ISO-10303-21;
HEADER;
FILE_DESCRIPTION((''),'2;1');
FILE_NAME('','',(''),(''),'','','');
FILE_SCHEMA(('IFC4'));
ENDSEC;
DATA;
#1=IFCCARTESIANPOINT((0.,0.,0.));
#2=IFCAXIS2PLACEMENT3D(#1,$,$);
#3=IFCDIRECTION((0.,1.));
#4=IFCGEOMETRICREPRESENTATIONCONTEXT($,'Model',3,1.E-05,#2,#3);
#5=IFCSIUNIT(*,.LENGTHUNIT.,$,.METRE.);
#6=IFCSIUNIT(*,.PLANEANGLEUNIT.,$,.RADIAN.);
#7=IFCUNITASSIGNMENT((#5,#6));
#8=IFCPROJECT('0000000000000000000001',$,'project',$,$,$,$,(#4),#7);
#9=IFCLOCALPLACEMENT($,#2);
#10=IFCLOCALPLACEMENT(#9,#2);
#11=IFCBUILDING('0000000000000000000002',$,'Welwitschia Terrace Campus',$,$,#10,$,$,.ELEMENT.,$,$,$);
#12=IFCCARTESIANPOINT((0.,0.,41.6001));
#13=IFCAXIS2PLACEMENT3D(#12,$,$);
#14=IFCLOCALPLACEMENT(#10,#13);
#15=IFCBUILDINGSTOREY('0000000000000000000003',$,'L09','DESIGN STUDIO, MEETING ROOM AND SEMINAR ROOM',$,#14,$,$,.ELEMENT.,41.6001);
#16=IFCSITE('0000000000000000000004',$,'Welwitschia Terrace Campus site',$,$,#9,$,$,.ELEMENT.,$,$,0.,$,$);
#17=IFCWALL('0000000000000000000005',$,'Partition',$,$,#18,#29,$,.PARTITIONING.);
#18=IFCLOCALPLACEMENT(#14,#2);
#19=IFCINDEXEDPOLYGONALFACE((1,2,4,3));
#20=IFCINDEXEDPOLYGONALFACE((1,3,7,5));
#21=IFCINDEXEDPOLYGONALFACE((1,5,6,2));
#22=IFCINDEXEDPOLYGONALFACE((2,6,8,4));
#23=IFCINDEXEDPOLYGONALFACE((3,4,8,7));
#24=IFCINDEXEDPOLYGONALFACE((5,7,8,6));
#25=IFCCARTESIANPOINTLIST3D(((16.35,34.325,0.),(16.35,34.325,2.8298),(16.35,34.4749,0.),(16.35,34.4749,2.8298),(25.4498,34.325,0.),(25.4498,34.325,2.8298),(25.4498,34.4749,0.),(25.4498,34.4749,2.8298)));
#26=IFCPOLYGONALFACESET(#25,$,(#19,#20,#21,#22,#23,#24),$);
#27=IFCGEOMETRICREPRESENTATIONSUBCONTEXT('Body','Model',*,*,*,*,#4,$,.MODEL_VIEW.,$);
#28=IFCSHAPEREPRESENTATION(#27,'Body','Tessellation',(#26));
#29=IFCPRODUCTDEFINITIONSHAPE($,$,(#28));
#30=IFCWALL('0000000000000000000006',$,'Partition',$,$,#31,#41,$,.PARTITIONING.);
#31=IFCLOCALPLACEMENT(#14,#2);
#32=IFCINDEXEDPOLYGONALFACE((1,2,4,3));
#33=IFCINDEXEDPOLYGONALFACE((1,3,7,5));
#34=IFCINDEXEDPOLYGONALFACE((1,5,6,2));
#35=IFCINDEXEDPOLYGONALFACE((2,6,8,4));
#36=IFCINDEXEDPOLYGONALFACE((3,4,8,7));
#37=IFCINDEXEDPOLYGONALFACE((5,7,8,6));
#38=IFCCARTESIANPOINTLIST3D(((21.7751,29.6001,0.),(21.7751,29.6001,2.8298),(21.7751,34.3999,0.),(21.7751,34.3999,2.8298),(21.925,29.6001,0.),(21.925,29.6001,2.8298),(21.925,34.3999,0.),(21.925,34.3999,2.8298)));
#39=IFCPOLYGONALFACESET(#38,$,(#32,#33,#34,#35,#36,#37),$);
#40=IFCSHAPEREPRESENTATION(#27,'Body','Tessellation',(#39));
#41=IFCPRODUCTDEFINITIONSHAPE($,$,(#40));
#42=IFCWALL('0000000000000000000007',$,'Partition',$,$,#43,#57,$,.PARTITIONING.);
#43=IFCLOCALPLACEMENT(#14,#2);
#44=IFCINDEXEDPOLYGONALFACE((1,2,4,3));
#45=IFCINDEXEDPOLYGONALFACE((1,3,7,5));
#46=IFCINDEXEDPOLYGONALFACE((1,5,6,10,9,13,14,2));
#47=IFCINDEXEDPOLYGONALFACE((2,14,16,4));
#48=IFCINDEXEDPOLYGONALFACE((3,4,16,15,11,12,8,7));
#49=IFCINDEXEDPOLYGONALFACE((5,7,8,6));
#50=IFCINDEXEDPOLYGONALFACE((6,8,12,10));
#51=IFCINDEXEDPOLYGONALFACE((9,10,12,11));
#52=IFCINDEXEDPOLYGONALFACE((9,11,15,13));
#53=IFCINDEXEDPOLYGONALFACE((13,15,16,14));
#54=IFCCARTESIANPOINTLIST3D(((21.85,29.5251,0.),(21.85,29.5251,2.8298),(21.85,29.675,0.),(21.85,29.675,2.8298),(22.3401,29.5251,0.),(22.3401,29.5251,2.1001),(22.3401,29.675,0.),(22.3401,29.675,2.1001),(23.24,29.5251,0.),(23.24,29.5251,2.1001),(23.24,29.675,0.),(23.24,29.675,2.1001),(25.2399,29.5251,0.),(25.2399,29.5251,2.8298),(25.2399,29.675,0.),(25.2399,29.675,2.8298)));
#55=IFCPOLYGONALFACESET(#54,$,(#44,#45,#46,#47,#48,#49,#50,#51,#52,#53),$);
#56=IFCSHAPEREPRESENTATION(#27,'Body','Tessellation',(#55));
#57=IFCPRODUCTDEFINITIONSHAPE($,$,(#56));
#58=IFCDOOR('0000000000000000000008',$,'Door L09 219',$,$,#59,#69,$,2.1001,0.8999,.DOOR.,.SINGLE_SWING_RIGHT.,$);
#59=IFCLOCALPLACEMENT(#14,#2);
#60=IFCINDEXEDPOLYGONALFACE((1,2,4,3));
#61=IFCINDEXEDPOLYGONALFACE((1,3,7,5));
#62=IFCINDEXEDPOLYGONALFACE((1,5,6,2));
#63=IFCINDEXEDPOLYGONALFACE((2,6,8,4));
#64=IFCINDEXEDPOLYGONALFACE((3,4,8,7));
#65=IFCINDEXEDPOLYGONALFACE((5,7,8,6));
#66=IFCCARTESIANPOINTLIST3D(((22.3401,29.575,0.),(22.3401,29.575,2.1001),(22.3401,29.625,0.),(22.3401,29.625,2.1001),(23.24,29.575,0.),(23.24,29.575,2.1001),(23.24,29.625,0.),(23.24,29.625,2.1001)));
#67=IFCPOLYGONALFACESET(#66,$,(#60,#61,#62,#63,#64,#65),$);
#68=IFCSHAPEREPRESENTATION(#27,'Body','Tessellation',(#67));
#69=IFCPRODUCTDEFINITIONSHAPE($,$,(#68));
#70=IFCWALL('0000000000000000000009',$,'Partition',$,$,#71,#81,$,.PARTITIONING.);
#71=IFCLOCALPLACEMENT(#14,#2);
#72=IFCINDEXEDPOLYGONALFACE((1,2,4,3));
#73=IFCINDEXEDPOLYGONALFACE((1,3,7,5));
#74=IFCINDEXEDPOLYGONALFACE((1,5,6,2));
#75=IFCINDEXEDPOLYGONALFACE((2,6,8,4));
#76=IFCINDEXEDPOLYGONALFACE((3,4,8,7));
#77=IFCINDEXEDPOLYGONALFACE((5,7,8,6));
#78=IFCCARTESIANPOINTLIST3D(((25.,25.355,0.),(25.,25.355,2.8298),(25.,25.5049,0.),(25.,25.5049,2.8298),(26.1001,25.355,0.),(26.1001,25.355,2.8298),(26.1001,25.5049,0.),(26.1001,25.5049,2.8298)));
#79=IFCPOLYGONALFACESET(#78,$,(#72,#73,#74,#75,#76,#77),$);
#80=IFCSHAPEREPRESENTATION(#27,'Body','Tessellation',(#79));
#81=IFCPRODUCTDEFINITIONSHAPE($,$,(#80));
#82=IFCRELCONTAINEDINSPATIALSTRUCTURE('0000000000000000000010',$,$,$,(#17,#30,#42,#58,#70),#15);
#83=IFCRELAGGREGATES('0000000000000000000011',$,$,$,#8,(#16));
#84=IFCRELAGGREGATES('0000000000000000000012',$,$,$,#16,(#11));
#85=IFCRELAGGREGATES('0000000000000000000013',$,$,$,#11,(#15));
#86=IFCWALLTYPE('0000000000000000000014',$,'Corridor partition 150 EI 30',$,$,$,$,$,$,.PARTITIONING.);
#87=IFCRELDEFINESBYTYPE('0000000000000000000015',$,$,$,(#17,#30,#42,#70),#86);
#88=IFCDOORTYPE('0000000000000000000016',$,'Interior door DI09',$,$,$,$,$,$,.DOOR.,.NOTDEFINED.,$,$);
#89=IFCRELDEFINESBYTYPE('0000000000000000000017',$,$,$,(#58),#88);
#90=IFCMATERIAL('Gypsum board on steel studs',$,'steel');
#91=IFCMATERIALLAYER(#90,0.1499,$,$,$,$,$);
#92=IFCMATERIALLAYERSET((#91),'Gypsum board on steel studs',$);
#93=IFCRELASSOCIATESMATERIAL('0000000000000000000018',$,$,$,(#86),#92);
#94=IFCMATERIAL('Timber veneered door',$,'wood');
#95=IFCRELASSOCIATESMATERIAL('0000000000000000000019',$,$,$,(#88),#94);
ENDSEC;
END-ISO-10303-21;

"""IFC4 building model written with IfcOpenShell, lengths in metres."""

from ifc_helpers import new_model, si_unit, direction, frame, frame_2d, origin, place, context, subcontext, project, spatial, rectangle, extrude, material, layer, layer_set, type_object, element, fill, save


model = new_model("IFC4")

# Units and contexts
model_context = context("Model", 3, precision=1e-05, world=origin(), true_north=direction((0.0, 1.0)))
body_context = subcontext(model_context, "Body", "Model", "MODEL_VIEW")
ifc_project = project(units=[si_unit("LENGTHUNIT", "METRE"), si_unit("PLANEANGLEUNIT", "RADIAN")], contexts=[model_context])

# Site, building, storey
site_placement = place(None, origin())
site = spatial("IfcSite", under=ifc_project, at=site_placement, Name="Welwitschia Terrace Campus site", CompositionType="ELEMENT", RefElevation=0.0)
building_placement = place(site_placement, origin())
building = spatial("IfcBuilding", under=site, at=building_placement, Name="Welwitschia Terrace Campus", CompositionType="ELEMENT")
storey_placement = place(building_placement, frame((0.0, 0.0, 41.6001)))
storey = spatial("IfcBuildingStorey", under=building, at=storey_placement, Name="L09", Description="DESIGN STUDIO, MEETING ROOM AND SEMINAR ROOM", CompositionType="ELEMENT", Elevation=41.6001)

# Walls
ifc_material_1 = material(Name="Gypsum board on steel studs", Category="steel")
ifc_layer_1 = layer(ifc_material_1, 0.1499)
ifc_layer_set_1 = layer_set([ifc_layer_1], Name="Gypsum board on steel studs")
wall_type_1 = type_object("IfcWallType", Name="Corridor partition 150 EI 30", PredefinedType="PARTITIONING", material=ifc_layer_set_1)
wall_1_placement = place(storey_placement, frame((16.3501, 34.3999, 0.0), z_axis=(0.0, 0.0, 1.0), x_axis=(1.0, 0.0, 0.0)))
element("IfcWall", 1, at=wall_1_placement, inside=storey, type_object=wall_type_1, Name="Partition", PredefinedType="PARTITIONING", context=body_context, shape_type="SweptSolid", body=[
    extrude(rectangle(XDim=9.0999, YDim=0.1499, at=frame_2d((4.5498, 0.0))), origin(), (0.0, 0.0, 1.0), 2.8298),
])
wall_2_placement = place(storey_placement, frame((21.8501, 29.6001, 0.0), z_axis=(0.0, 0.0, 1.0), x_axis=(0.0, 1.0, 0.0)))
element("IfcWall", 2, at=wall_2_placement, inside=storey, type_object=wall_type_1, Name="Partition", PredefinedType="PARTITIONING", context=body_context, shape_type="SweptSolid", body=[
    extrude(rectangle(XDim=4.7998, YDim=0.1499, at=frame_2d((2.3999, 0.0))), origin(), (0.0, 0.0, 1.0), 2.8298),
])

# Wall, opening, door
wall_3_placement = place(storey_placement, frame((21.8501, 29.6001, 0.0), z_axis=(0.0, 0.0, 1.0), x_axis=(1.0, 0.0, 0.0)))
wall_3 = element("IfcWall", 3, at=wall_3_placement, inside=storey, type_object=wall_type_1, Name="Partition", PredefinedType="PARTITIONING", context=body_context, shape_type="SweptSolid", body=[
    extrude(rectangle(XDim=3.3899, YDim=0.1499, at=frame_2d((1.6948, 0.0))), origin(), (0.0, 0.0, 1.0), 2.8298),
])
opening_1_placement = place(wall_3_placement, frame((0.49, 0.0, 0.0)))
opening_1 = element("IfcOpeningElement", 4, at=opening_1_placement, cuts=wall_3, PredefinedType="OPENING", context=body_context, shape_type="SweptSolid", body=[
    extrude(rectangle(XDim=0.8999, YDim=2.1001, at=frame_2d((0.45, 1.05))), frame((0.0, 0.085, 0.0), z_axis=(0.0, -1.0, 0.0), x_axis=(1.0, 0.0, 0.0)), (0.0, 0.0, 1.0), 0.1699),
])
ifc_material_2 = material(Name="Timber veneered door", Category="wood")
door_type_1 = type_object("IfcDoorType", Name="Interior door DI09", OperationType="NOTDEFINED", PredefinedType="DOOR", material=ifc_material_2)
door_1_placement = place(opening_1_placement, origin())
door_1 = element("IfcDoor", 5, at=door_1_placement, inside=storey, type_object=door_type_1, Name="Door L09 219", OperationType="SINGLE_SWING_RIGHT", OverallHeight=2.1001, OverallWidth=0.8999, PredefinedType="DOOR", context=body_context, shape_type="SweptSolid", body=[
    extrude(rectangle(XDim=0.8999, YDim=2.1001, at=frame_2d((0.45, 1.05))), frame((0.0, 0.0249, 0.0), z_axis=(0.0, -1.0, 0.0), x_axis=(1.0, 0.0, 0.0)), (0.0, 0.0, 1.0), 0.05),
])
fill(opening_1, door_1)

# Wall
wall_4_placement = place(storey_placement, frame((25.0, 25.4299, 0.0), z_axis=(0.0, 0.0, 1.0), x_axis=(1.0, 0.0, 0.0)))
element("IfcWall", 6, at=wall_4_placement, inside=storey, type_object=wall_type_1, Name="Partition", PredefinedType="PARTITIONING", context=body_context, shape_type="SweptSolid", body=[
    extrude(rectangle(XDim=1.1001, YDim=0.1499, at=frame_2d((0.55, 0.0))), origin(), (0.0, 0.0, 1.0), 2.8298),
])

save(model, "model.ifc")
